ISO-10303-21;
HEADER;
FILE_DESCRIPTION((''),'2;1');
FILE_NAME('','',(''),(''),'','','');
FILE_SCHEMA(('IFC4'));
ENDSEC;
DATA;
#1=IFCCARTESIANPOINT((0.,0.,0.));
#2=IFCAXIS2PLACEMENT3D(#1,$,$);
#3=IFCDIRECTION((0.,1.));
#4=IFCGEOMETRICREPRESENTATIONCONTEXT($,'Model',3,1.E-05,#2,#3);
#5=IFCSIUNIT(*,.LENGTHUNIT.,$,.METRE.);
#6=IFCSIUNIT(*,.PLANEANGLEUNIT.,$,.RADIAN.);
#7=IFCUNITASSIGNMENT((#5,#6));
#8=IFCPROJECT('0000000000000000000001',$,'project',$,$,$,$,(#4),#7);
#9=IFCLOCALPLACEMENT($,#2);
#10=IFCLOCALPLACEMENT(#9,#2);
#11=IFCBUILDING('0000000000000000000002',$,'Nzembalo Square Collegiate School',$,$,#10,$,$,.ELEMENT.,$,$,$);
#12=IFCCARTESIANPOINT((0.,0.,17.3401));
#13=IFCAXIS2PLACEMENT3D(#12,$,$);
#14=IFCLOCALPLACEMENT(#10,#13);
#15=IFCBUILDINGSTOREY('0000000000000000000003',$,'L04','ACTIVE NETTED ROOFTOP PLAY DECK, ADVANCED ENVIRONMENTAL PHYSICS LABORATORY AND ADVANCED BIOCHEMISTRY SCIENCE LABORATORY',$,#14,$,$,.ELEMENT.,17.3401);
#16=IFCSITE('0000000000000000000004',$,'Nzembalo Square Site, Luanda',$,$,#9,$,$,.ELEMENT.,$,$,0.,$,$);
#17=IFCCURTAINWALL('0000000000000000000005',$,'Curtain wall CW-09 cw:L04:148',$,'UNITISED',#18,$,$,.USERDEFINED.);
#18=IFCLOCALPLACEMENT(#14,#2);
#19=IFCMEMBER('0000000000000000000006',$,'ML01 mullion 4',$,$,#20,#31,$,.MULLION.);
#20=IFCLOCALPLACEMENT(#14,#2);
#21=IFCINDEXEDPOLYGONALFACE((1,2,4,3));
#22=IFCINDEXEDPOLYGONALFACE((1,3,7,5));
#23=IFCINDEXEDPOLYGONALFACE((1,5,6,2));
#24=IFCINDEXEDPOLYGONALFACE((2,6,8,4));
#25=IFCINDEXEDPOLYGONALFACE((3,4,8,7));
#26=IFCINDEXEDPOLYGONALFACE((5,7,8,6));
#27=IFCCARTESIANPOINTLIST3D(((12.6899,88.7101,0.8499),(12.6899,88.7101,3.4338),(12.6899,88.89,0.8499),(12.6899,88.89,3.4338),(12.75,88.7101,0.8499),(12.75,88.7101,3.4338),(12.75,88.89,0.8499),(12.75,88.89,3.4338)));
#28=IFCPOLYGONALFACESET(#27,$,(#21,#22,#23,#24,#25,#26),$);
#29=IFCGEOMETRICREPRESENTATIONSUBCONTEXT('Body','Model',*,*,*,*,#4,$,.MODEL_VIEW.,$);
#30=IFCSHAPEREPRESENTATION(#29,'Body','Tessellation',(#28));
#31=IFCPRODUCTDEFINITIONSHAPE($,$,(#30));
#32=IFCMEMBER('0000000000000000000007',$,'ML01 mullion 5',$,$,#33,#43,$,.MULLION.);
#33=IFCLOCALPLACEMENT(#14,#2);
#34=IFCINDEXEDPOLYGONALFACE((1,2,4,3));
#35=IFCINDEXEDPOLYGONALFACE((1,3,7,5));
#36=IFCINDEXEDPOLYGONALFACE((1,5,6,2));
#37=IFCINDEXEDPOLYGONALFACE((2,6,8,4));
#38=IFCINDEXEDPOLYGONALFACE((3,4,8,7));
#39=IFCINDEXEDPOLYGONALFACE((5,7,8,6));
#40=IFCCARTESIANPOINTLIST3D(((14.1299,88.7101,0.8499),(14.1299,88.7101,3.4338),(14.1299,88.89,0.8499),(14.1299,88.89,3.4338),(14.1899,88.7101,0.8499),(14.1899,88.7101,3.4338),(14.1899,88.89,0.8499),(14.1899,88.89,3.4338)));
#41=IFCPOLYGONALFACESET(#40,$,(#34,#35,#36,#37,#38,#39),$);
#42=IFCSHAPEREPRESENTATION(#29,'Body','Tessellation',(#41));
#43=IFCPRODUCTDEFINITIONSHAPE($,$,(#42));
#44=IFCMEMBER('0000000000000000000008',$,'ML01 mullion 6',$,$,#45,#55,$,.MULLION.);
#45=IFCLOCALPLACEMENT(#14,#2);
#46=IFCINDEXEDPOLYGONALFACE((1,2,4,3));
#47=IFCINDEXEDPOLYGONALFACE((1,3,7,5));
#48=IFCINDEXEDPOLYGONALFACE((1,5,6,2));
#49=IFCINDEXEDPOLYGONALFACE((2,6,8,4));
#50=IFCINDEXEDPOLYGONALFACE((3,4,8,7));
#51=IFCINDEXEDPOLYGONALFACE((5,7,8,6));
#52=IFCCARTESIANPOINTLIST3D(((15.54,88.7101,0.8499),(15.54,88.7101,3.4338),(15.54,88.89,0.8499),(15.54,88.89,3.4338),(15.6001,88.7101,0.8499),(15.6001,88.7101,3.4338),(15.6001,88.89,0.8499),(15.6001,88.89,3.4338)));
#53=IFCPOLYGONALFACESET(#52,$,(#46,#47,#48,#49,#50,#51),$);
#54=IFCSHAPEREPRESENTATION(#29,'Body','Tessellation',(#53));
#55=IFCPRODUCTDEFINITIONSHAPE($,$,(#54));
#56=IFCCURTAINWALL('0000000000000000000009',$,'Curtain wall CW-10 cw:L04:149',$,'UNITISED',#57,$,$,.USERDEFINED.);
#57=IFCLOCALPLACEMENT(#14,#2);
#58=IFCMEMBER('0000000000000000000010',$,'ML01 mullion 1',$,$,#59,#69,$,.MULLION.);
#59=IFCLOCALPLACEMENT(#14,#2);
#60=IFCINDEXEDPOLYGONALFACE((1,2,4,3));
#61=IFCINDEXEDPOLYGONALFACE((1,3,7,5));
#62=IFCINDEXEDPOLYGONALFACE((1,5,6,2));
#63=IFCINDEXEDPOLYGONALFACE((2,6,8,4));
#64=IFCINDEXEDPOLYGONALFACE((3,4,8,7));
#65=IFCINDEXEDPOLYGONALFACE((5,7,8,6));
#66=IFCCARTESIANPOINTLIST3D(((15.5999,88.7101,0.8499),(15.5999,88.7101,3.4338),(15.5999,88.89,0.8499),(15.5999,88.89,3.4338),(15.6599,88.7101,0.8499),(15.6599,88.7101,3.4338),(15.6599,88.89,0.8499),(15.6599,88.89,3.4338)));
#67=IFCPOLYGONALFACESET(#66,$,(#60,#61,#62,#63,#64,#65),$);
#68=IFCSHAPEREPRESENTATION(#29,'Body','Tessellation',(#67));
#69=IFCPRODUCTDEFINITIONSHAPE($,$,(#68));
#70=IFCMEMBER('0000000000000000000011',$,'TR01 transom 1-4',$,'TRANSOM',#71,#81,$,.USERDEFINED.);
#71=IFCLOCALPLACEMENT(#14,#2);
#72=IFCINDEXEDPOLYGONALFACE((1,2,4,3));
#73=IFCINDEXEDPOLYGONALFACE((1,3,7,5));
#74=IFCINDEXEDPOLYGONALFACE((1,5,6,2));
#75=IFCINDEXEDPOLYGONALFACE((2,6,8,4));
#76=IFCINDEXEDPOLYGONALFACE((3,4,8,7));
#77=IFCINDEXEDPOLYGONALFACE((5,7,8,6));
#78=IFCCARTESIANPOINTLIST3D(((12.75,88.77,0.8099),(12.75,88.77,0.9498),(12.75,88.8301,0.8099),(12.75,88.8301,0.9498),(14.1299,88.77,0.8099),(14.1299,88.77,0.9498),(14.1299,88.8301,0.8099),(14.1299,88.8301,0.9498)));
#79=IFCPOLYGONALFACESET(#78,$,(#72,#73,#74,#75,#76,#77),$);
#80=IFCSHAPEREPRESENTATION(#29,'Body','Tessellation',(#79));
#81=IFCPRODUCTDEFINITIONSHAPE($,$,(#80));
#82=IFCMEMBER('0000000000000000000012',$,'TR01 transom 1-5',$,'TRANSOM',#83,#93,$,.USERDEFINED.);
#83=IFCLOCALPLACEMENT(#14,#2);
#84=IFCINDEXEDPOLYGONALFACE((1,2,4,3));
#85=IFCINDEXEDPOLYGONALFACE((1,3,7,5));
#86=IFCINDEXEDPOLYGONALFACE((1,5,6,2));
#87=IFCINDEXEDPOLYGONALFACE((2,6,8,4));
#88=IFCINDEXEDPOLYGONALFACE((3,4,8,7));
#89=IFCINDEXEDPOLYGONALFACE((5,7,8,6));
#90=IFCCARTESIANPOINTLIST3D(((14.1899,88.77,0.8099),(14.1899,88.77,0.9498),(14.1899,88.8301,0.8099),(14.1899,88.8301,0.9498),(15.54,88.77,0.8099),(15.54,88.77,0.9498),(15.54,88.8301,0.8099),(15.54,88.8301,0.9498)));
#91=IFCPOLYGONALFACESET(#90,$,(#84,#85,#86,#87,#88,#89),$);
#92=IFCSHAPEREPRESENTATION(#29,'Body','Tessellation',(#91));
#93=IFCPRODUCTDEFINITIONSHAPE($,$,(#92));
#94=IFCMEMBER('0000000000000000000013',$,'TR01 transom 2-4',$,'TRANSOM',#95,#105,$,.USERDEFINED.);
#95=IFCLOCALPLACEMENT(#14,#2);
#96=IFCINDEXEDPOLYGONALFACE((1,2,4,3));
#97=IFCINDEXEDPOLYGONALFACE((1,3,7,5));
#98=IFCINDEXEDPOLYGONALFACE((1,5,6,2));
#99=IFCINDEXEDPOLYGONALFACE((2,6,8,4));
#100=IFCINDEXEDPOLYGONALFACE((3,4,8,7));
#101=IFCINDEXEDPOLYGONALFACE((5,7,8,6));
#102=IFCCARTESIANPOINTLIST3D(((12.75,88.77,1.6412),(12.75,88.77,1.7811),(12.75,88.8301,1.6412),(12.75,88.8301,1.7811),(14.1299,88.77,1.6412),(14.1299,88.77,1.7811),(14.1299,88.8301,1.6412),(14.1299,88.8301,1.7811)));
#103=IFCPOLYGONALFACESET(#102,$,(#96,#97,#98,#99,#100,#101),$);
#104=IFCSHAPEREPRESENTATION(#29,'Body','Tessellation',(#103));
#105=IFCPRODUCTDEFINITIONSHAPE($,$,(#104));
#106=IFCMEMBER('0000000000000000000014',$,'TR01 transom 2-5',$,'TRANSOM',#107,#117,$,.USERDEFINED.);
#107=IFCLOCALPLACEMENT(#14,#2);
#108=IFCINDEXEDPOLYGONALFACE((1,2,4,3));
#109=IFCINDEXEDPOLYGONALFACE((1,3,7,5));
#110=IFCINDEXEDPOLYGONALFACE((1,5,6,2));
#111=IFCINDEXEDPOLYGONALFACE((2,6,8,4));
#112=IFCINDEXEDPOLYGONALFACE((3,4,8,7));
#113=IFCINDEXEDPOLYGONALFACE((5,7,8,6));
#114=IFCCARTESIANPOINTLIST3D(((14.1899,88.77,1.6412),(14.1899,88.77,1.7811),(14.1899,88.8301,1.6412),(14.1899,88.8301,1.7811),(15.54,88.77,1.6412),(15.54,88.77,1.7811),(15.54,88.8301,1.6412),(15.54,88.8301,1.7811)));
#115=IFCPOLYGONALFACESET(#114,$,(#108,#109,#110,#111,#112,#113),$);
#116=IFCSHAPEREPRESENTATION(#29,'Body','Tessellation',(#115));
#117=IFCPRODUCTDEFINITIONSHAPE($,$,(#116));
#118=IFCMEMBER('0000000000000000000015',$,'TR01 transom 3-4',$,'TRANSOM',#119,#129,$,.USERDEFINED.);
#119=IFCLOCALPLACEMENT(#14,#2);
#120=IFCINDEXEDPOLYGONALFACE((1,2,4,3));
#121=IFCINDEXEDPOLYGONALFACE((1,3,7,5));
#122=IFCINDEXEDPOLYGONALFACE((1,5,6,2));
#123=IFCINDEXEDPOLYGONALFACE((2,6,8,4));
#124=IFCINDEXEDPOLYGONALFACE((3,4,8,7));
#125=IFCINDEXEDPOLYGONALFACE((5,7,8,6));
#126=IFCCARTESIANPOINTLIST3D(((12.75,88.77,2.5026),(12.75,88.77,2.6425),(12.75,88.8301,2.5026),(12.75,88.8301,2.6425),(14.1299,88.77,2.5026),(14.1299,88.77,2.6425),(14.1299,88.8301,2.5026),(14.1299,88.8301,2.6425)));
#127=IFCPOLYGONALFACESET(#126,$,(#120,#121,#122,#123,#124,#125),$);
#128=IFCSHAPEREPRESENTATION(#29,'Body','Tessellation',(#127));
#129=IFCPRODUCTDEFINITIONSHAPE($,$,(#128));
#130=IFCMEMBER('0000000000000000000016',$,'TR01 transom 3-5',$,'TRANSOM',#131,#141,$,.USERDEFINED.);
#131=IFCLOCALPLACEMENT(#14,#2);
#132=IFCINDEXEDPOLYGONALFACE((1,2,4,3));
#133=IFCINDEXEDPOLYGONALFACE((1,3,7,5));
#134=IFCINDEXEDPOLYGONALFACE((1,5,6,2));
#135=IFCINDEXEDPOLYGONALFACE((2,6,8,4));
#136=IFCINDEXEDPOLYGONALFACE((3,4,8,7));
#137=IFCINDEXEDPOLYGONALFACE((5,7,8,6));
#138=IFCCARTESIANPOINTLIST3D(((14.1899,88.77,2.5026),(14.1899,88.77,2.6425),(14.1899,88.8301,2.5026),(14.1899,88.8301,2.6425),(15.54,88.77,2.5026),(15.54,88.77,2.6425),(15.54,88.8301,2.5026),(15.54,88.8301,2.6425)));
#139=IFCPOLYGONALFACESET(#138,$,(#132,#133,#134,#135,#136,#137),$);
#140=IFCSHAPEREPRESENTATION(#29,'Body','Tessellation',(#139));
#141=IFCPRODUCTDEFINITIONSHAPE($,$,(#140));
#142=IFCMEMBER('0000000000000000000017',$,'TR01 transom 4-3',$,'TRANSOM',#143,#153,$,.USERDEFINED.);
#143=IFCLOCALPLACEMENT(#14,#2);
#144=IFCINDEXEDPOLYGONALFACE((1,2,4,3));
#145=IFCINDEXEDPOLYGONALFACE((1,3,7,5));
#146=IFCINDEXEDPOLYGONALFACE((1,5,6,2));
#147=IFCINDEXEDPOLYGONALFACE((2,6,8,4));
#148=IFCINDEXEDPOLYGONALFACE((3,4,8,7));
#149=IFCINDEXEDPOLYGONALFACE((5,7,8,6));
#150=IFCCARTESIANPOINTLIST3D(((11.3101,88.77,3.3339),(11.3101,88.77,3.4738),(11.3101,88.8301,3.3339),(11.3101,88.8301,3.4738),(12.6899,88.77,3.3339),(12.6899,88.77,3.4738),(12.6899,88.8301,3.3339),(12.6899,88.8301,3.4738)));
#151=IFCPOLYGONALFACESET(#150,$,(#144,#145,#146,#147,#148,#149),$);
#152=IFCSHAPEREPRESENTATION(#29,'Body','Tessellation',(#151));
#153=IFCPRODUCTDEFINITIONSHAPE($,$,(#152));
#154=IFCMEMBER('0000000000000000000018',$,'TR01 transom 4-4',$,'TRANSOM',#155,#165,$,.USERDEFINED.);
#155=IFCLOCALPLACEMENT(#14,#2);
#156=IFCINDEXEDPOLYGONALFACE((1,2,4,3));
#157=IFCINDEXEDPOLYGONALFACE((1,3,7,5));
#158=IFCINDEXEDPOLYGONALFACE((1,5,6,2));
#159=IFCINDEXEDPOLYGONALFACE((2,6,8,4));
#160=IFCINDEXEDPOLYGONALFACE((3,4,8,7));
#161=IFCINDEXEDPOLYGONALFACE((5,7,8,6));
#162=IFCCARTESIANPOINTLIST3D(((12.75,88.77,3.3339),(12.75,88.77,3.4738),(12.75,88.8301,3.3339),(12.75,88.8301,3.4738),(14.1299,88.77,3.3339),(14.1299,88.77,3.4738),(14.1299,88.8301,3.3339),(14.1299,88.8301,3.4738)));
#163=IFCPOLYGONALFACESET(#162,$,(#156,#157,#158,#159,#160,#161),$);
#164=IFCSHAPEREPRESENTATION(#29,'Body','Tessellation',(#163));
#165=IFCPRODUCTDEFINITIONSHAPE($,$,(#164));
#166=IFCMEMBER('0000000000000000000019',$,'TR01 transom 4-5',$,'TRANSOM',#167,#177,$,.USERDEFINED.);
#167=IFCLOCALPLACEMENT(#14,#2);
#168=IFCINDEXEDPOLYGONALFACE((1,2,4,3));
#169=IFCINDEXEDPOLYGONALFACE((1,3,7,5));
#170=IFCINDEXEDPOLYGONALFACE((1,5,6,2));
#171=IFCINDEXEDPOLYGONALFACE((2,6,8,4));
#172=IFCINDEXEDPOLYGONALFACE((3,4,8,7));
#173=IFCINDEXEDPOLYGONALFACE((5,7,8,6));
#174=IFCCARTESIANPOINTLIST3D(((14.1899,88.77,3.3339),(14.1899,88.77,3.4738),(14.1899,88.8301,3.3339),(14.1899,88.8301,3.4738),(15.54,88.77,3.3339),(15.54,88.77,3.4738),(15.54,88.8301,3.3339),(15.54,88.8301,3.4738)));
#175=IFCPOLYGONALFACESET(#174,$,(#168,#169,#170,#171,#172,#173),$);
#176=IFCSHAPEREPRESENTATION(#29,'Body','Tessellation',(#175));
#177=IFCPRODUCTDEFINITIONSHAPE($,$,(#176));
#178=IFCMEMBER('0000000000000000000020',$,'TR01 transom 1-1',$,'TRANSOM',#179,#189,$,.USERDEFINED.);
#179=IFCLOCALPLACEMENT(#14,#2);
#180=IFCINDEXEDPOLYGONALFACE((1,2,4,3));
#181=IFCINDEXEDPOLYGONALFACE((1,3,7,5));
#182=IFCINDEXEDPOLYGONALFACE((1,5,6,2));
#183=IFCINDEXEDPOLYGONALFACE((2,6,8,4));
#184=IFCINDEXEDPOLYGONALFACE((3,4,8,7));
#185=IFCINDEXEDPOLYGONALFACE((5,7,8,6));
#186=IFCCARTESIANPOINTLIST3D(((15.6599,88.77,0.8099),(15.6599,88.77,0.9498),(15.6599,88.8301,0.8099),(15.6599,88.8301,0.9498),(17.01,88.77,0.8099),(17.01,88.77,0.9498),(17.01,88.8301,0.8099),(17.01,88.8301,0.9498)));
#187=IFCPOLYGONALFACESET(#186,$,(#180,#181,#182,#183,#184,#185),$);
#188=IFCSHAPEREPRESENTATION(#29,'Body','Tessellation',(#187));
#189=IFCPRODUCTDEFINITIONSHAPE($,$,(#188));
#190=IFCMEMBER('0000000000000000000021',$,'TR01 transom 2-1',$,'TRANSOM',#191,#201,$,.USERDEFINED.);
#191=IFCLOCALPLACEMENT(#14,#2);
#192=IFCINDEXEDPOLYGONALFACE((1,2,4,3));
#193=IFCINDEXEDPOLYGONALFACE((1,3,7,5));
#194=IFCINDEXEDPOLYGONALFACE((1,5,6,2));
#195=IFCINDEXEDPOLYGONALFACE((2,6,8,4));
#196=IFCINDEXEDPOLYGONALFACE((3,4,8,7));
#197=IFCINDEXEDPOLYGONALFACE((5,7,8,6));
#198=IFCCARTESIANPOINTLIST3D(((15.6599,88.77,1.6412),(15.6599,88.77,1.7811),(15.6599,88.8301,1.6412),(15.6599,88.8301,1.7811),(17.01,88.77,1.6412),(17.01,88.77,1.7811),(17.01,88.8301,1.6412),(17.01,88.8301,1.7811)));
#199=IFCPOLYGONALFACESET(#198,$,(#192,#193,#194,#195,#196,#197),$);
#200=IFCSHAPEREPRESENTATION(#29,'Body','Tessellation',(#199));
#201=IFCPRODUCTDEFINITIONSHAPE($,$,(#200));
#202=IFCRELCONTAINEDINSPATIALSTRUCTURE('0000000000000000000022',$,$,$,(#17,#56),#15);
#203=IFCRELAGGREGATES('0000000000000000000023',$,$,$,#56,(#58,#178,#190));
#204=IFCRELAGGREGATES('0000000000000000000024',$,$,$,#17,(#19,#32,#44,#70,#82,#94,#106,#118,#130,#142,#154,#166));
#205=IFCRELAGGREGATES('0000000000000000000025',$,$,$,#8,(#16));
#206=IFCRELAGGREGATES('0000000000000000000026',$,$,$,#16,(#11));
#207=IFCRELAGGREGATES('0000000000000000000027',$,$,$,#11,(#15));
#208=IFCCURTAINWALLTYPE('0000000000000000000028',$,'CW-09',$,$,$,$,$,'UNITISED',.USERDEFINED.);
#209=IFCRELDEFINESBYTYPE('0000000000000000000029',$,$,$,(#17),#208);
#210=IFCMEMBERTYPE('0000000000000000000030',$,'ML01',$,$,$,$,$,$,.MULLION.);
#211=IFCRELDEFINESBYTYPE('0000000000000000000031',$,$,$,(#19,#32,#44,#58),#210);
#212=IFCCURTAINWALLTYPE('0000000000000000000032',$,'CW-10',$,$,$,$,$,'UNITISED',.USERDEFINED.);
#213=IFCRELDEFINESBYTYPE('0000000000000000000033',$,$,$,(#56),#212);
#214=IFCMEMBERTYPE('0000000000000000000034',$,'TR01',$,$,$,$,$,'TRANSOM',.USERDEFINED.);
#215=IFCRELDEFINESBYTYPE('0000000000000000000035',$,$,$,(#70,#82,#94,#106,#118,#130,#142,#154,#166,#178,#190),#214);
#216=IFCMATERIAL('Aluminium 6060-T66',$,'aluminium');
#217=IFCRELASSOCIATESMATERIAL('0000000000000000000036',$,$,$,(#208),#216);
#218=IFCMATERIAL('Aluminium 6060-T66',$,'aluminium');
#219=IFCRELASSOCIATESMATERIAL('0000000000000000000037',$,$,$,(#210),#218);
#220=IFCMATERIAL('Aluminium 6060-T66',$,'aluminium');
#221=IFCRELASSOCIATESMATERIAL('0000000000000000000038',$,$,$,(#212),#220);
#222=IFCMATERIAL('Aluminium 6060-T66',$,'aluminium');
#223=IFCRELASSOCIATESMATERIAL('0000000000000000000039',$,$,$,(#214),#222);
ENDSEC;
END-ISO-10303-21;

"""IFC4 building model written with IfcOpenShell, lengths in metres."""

from ifc_helpers import new_model, si_unit, direction, frame, origin, origin_2d, place, context, subcontext, project, spatial, rectangle, extrude, material, material_profile, profile_set, type_object, element, aggregate, save


model = new_model("IFC4")

# Units and contexts
model_context = context("Model", 3, precision=1e-05, world=origin(), true_north=direction((0.0, 1.0)))
body_context = subcontext(model_context, "Body", "Model", "MODEL_VIEW")
ifc_project = project(units=[si_unit("LENGTHUNIT", "METRE"), si_unit("PLANEANGLEUNIT", "RADIAN")], contexts=[model_context])

# Site, building, storey
site_placement = place(None, origin())
site = spatial("IfcSite", under=ifc_project, at=site_placement, Name="Nzembalo Square Site, Luanda", CompositionType="ELEMENT", RefElevation=0.0)
building_placement = place(site_placement, origin())
building = spatial("IfcBuilding", under=site, at=building_placement, Name="Nzembalo Square Collegiate School", CompositionType="ELEMENT")
storey_placement = place(building_placement, frame((0.0, 0.0, 17.3401)))
storey = spatial("IfcBuildingStorey", under=building, at=storey_placement, Name="L04", Description="ACTIVE NETTED ROOFTOP PLAY DECK, ADVANCED ENVIRONMENTAL PHYSICS LABORATORY AND ADVANCED BIOCHEMISTRY SCIENCE LABORATORY", CompositionType="ELEMENT", Elevation=17.3401)

# Curtain wall, members
ifc_material_1 = material(Name="Aluminium 6060-T66", Category="aluminium")
curtain_wall_type_1 = type_object("IfcCurtainWallType", Name="CW-09", ElementType="UNITISED", PredefinedType="USERDEFINED", material=ifc_material_1)
curtain_wall_1_placement = place(storey_placement, origin())
curtain_wall_1 = element("IfcCurtainWall", 1, at=curtain_wall_1_placement, inside=storey, type_object=curtain_wall_type_1, Name="Curtain wall CW-09 cw:L04:148", ObjectType="UNITISED", PredefinedType="USERDEFINED")
ifc_material_2 = material(Name="Aluminium 6060-T66", Category="aluminium")
ifc_material_profile_1 = material_profile(ifc_material_2, rectangle(XDim=0.0601, YDim=0.1799, at=origin_2d()), Name="ALU M60x180")
ifc_profile_set_1 = profile_set([ifc_material_profile_1], Name="Aluminium 6060-T66")
member_type_1 = type_object("IfcMemberType", Name="ML01", PredefinedType="MULLION", material=ifc_profile_set_1)
member_1_placement = place(storey_placement, frame((12.72, 88.8, 0.8499), z_axis=(0.0, 0.0, 1.0), x_axis=(1.0, 0.0, 0.0)))
member_1 = element("IfcMember", 2, at=member_1_placement, type_object=member_type_1, Name="ML01 mullion 4", PredefinedType="MULLION", context=body_context, shape_type="SweptSolid", body=[
    extrude(rectangle(XDim=0.0601, YDim=0.1799, at=origin_2d()), origin(), (0.0, 0.0, 1.0), 2.584),
])
member_2_placement = place(storey_placement, frame((14.1599, 88.8, 0.8499), z_axis=(0.0, 0.0, 1.0), x_axis=(1.0, 0.0, 0.0)))
member_2 = element("IfcMember", 3, at=member_2_placement, type_object=member_type_1, Name="ML01 mullion 5", PredefinedType="MULLION", context=body_context, shape_type="SweptSolid", body=[
    extrude(rectangle(XDim=0.0601, YDim=0.1799, at=origin_2d()), origin(), (0.0, 0.0, 1.0), 2.584),
])
member_3_placement = place(storey_placement, frame((15.5701, 88.8, 0.8499), z_axis=(0.0, 0.0, 1.0), x_axis=(1.0, 0.0, 0.0)))
member_3 = element("IfcMember", 4, at=member_3_placement, type_object=member_type_1, Name="ML01 mullion 6", PredefinedType="MULLION", context=body_context, shape_type="SweptSolid", body=[
    extrude(rectangle(XDim=0.0601, YDim=0.1799, at=origin_2d()), origin(), (0.0, 0.0, 1.0), 2.584),
])

# Curtain wall, member
ifc_material_3 = material(Name="Aluminium 6060-T66", Category="aluminium")
curtain_wall_type_2 = type_object("IfcCurtainWallType", Name="CW-10", ElementType="UNITISED", PredefinedType="USERDEFINED", material=ifc_material_3)
curtain_wall_2_placement = place(storey_placement, origin())
curtain_wall_2 = element("IfcCurtainWall", 5, at=curtain_wall_2_placement, inside=storey, type_object=curtain_wall_type_2, Name="Curtain wall CW-10 cw:L04:149", ObjectType="UNITISED", PredefinedType="USERDEFINED")
member_4_placement = place(storey_placement, frame((15.6299, 88.8, 0.8499), z_axis=(0.0, 0.0, 1.0), x_axis=(1.0, 0.0, 0.0)))
member_4 = element("IfcMember", 6, at=member_4_placement, type_object=member_type_1, Name="ML01 mullion 1", PredefinedType="MULLION", context=body_context, shape_type="SweptSolid", body=[
    extrude(rectangle(XDim=0.0601, YDim=0.1799, at=origin_2d()), origin(), (0.0, 0.0, 1.0), 2.584),
])

# Members
ifc_material_4 = material(Name="Aluminium 6060-T66", Category="aluminium")
ifc_material_profile_2 = material_profile(ifc_material_4, rectangle(XDim=0.0601, YDim=0.1399, at=origin_2d()), Name="ALU T60x140")
ifc_profile_set_2 = profile_set([ifc_material_profile_2], Name="Aluminium 6060-T66")
member_type_2 = type_object("IfcMemberType", Name="TR01", ElementType="TRANSOM", PredefinedType="USERDEFINED", material=ifc_profile_set_2)
member_5_placement = place(storey_placement, frame((12.75, 88.8, 0.8799), z_axis=(1.0, 0.0, 0.0), x_axis=(0.0, 1.0, 0.0)))
member_5 = element("IfcMember", 7, at=member_5_placement, type_object=member_type_2, Name="TR01 transom 1-4", ObjectType="TRANSOM", PredefinedType="USERDEFINED", context=body_context, shape_type="SweptSolid", body=[
    extrude(rectangle(XDim=0.0601, YDim=0.1399, at=origin_2d()), origin(), (0.0, 0.0, 1.0), 1.3799),
])
member_6_placement = place(storey_placement, frame((14.1899, 88.8, 0.8799), z_axis=(1.0, 0.0, 0.0), x_axis=(0.0, 1.0, 0.0)))
member_6 = element("IfcMember", 8, at=member_6_placement, type_object=member_type_2, Name="TR01 transom 1-5", ObjectType="TRANSOM", PredefinedType="USERDEFINED", context=body_context, shape_type="SweptSolid", body=[
    extrude(rectangle(XDim=0.0601, YDim=0.1399, at=origin_2d()), origin(), (0.0, 0.0, 1.0), 1.3501),
])
member_7_placement = place(storey_placement, frame((12.75, 88.8, 1.7112), z_axis=(1.0, 0.0, 0.0), x_axis=(0.0, 1.0, 0.0)))
member_7 = element("IfcMember", 9, at=member_7_placement, type_object=member_type_2, Name="TR01 transom 2-4", ObjectType="TRANSOM", PredefinedType="USERDEFINED", context=body_context, shape_type="SweptSolid", body=[
    extrude(rectangle(XDim=0.0601, YDim=0.1399, at=origin_2d()), origin(), (0.0, 0.0, 1.0), 1.3799),
])
member_8_placement = place(storey_placement, frame((14.1899, 88.8, 1.7112), z_axis=(1.0, 0.0, 0.0), x_axis=(0.0, 1.0, 0.0)))
member_8 = element("IfcMember", 10, at=member_8_placement, type_object=member_type_2, Name="TR01 transom 2-5", ObjectType="TRANSOM", PredefinedType="USERDEFINED", context=body_context, shape_type="SweptSolid", body=[
    extrude(rectangle(XDim=0.0601, YDim=0.1399, at=origin_2d()), origin(), (0.0, 0.0, 1.0), 1.3501),
])
member_9_placement = place(storey_placement, frame((12.75, 88.8, 2.5725), z_axis=(1.0, 0.0, 0.0), x_axis=(0.0, 1.0, 0.0)))
member_9 = element("IfcMember", 11, at=member_9_placement, type_object=member_type_2, Name="TR01 transom 3-4", ObjectType="TRANSOM", PredefinedType="USERDEFINED", context=body_context, shape_type="SweptSolid", body=[
    extrude(rectangle(XDim=0.0601, YDim=0.1399, at=origin_2d()), origin(), (0.0, 0.0, 1.0), 1.3799),
])
member_10_placement = place(storey_placement, frame((14.1899, 88.8, 2.5725), z_axis=(1.0, 0.0, 0.0), x_axis=(0.0, 1.0, 0.0)))
member_10 = element("IfcMember", 12, at=member_10_placement, type_object=member_type_2, Name="TR01 transom 3-5", ObjectType="TRANSOM", PredefinedType="USERDEFINED", context=body_context, shape_type="SweptSolid", body=[
    extrude(rectangle(XDim=0.0601, YDim=0.1399, at=origin_2d()), origin(), (0.0, 0.0, 1.0), 1.3501),
])
member_11_placement = place(storey_placement, frame((11.3101, 88.8, 3.4038), z_axis=(1.0, 0.0, 0.0), x_axis=(0.0, 1.0, 0.0)))
member_11 = element("IfcMember", 13, at=member_11_placement, type_object=member_type_2, Name="TR01 transom 4-3", ObjectType="TRANSOM", PredefinedType="USERDEFINED", context=body_context, shape_type="SweptSolid", body=[
    extrude(rectangle(XDim=0.0601, YDim=0.1399, at=origin_2d()), origin(), (0.0, 0.0, 1.0), 1.3799),
])
member_12_placement = place(storey_placement, frame((12.75, 88.8, 3.4038), z_axis=(1.0, 0.0, 0.0), x_axis=(0.0, 1.0, 0.0)))
member_12 = element("IfcMember", 14, at=member_12_placement, type_object=member_type_2, Name="TR01 transom 4-4", ObjectType="TRANSOM", PredefinedType="USERDEFINED", context=body_context, shape_type="SweptSolid", body=[
    extrude(rectangle(XDim=0.0601, YDim=0.1399, at=origin_2d()), origin(), (0.0, 0.0, 1.0), 1.3799),
])
member_13_placement = place(storey_placement, frame((14.1899, 88.8, 3.4038), z_axis=(1.0, 0.0, 0.0), x_axis=(0.0, 1.0, 0.0)))
member_13 = element("IfcMember", 15, at=member_13_placement, type_object=member_type_2, Name="TR01 transom 4-5", ObjectType="TRANSOM", PredefinedType="USERDEFINED", context=body_context, shape_type="SweptSolid", body=[
    extrude(rectangle(XDim=0.0601, YDim=0.1399, at=origin_2d()), origin(), (0.0, 0.0, 1.0), 1.3501),
])
member_14_placement = place(storey_placement, frame((15.6599, 88.8, 0.8799), z_axis=(1.0, 0.0, 0.0), x_axis=(0.0, 1.0, 0.0)))
member_14 = element("IfcMember", 16, at=member_14_placement, type_object=member_type_2, Name="TR01 transom 1-1", ObjectType="TRANSOM", PredefinedType="USERDEFINED", context=body_context, shape_type="SweptSolid", body=[
    extrude(rectangle(XDim=0.0601, YDim=0.1399, at=origin_2d()), origin(), (0.0, 0.0, 1.0), 1.3501),
])
member_15_placement = place(storey_placement, frame((15.6599, 88.8, 1.7112), z_axis=(1.0, 0.0, 0.0), x_axis=(0.0, 1.0, 0.0)))
member_15 = element("IfcMember", 17, at=member_15_placement, type_object=member_type_2, Name="TR01 transom 2-1", ObjectType="TRANSOM", PredefinedType="USERDEFINED", context=body_context, shape_type="SweptSolid", body=[
    extrude(rectangle(XDim=0.0601, YDim=0.1399, at=origin_2d()), origin(), (0.0, 0.0, 1.0), 1.3501),
])
aggregate(curtain_wall_2, [member_4, member_14, member_15])

aggregate(curtain_wall_1, [member_1, member_2, member_3, member_5, member_6, member_7, member_8, member_9, member_10, member_11, member_12, member_13])

save(model, "model.ifc")
